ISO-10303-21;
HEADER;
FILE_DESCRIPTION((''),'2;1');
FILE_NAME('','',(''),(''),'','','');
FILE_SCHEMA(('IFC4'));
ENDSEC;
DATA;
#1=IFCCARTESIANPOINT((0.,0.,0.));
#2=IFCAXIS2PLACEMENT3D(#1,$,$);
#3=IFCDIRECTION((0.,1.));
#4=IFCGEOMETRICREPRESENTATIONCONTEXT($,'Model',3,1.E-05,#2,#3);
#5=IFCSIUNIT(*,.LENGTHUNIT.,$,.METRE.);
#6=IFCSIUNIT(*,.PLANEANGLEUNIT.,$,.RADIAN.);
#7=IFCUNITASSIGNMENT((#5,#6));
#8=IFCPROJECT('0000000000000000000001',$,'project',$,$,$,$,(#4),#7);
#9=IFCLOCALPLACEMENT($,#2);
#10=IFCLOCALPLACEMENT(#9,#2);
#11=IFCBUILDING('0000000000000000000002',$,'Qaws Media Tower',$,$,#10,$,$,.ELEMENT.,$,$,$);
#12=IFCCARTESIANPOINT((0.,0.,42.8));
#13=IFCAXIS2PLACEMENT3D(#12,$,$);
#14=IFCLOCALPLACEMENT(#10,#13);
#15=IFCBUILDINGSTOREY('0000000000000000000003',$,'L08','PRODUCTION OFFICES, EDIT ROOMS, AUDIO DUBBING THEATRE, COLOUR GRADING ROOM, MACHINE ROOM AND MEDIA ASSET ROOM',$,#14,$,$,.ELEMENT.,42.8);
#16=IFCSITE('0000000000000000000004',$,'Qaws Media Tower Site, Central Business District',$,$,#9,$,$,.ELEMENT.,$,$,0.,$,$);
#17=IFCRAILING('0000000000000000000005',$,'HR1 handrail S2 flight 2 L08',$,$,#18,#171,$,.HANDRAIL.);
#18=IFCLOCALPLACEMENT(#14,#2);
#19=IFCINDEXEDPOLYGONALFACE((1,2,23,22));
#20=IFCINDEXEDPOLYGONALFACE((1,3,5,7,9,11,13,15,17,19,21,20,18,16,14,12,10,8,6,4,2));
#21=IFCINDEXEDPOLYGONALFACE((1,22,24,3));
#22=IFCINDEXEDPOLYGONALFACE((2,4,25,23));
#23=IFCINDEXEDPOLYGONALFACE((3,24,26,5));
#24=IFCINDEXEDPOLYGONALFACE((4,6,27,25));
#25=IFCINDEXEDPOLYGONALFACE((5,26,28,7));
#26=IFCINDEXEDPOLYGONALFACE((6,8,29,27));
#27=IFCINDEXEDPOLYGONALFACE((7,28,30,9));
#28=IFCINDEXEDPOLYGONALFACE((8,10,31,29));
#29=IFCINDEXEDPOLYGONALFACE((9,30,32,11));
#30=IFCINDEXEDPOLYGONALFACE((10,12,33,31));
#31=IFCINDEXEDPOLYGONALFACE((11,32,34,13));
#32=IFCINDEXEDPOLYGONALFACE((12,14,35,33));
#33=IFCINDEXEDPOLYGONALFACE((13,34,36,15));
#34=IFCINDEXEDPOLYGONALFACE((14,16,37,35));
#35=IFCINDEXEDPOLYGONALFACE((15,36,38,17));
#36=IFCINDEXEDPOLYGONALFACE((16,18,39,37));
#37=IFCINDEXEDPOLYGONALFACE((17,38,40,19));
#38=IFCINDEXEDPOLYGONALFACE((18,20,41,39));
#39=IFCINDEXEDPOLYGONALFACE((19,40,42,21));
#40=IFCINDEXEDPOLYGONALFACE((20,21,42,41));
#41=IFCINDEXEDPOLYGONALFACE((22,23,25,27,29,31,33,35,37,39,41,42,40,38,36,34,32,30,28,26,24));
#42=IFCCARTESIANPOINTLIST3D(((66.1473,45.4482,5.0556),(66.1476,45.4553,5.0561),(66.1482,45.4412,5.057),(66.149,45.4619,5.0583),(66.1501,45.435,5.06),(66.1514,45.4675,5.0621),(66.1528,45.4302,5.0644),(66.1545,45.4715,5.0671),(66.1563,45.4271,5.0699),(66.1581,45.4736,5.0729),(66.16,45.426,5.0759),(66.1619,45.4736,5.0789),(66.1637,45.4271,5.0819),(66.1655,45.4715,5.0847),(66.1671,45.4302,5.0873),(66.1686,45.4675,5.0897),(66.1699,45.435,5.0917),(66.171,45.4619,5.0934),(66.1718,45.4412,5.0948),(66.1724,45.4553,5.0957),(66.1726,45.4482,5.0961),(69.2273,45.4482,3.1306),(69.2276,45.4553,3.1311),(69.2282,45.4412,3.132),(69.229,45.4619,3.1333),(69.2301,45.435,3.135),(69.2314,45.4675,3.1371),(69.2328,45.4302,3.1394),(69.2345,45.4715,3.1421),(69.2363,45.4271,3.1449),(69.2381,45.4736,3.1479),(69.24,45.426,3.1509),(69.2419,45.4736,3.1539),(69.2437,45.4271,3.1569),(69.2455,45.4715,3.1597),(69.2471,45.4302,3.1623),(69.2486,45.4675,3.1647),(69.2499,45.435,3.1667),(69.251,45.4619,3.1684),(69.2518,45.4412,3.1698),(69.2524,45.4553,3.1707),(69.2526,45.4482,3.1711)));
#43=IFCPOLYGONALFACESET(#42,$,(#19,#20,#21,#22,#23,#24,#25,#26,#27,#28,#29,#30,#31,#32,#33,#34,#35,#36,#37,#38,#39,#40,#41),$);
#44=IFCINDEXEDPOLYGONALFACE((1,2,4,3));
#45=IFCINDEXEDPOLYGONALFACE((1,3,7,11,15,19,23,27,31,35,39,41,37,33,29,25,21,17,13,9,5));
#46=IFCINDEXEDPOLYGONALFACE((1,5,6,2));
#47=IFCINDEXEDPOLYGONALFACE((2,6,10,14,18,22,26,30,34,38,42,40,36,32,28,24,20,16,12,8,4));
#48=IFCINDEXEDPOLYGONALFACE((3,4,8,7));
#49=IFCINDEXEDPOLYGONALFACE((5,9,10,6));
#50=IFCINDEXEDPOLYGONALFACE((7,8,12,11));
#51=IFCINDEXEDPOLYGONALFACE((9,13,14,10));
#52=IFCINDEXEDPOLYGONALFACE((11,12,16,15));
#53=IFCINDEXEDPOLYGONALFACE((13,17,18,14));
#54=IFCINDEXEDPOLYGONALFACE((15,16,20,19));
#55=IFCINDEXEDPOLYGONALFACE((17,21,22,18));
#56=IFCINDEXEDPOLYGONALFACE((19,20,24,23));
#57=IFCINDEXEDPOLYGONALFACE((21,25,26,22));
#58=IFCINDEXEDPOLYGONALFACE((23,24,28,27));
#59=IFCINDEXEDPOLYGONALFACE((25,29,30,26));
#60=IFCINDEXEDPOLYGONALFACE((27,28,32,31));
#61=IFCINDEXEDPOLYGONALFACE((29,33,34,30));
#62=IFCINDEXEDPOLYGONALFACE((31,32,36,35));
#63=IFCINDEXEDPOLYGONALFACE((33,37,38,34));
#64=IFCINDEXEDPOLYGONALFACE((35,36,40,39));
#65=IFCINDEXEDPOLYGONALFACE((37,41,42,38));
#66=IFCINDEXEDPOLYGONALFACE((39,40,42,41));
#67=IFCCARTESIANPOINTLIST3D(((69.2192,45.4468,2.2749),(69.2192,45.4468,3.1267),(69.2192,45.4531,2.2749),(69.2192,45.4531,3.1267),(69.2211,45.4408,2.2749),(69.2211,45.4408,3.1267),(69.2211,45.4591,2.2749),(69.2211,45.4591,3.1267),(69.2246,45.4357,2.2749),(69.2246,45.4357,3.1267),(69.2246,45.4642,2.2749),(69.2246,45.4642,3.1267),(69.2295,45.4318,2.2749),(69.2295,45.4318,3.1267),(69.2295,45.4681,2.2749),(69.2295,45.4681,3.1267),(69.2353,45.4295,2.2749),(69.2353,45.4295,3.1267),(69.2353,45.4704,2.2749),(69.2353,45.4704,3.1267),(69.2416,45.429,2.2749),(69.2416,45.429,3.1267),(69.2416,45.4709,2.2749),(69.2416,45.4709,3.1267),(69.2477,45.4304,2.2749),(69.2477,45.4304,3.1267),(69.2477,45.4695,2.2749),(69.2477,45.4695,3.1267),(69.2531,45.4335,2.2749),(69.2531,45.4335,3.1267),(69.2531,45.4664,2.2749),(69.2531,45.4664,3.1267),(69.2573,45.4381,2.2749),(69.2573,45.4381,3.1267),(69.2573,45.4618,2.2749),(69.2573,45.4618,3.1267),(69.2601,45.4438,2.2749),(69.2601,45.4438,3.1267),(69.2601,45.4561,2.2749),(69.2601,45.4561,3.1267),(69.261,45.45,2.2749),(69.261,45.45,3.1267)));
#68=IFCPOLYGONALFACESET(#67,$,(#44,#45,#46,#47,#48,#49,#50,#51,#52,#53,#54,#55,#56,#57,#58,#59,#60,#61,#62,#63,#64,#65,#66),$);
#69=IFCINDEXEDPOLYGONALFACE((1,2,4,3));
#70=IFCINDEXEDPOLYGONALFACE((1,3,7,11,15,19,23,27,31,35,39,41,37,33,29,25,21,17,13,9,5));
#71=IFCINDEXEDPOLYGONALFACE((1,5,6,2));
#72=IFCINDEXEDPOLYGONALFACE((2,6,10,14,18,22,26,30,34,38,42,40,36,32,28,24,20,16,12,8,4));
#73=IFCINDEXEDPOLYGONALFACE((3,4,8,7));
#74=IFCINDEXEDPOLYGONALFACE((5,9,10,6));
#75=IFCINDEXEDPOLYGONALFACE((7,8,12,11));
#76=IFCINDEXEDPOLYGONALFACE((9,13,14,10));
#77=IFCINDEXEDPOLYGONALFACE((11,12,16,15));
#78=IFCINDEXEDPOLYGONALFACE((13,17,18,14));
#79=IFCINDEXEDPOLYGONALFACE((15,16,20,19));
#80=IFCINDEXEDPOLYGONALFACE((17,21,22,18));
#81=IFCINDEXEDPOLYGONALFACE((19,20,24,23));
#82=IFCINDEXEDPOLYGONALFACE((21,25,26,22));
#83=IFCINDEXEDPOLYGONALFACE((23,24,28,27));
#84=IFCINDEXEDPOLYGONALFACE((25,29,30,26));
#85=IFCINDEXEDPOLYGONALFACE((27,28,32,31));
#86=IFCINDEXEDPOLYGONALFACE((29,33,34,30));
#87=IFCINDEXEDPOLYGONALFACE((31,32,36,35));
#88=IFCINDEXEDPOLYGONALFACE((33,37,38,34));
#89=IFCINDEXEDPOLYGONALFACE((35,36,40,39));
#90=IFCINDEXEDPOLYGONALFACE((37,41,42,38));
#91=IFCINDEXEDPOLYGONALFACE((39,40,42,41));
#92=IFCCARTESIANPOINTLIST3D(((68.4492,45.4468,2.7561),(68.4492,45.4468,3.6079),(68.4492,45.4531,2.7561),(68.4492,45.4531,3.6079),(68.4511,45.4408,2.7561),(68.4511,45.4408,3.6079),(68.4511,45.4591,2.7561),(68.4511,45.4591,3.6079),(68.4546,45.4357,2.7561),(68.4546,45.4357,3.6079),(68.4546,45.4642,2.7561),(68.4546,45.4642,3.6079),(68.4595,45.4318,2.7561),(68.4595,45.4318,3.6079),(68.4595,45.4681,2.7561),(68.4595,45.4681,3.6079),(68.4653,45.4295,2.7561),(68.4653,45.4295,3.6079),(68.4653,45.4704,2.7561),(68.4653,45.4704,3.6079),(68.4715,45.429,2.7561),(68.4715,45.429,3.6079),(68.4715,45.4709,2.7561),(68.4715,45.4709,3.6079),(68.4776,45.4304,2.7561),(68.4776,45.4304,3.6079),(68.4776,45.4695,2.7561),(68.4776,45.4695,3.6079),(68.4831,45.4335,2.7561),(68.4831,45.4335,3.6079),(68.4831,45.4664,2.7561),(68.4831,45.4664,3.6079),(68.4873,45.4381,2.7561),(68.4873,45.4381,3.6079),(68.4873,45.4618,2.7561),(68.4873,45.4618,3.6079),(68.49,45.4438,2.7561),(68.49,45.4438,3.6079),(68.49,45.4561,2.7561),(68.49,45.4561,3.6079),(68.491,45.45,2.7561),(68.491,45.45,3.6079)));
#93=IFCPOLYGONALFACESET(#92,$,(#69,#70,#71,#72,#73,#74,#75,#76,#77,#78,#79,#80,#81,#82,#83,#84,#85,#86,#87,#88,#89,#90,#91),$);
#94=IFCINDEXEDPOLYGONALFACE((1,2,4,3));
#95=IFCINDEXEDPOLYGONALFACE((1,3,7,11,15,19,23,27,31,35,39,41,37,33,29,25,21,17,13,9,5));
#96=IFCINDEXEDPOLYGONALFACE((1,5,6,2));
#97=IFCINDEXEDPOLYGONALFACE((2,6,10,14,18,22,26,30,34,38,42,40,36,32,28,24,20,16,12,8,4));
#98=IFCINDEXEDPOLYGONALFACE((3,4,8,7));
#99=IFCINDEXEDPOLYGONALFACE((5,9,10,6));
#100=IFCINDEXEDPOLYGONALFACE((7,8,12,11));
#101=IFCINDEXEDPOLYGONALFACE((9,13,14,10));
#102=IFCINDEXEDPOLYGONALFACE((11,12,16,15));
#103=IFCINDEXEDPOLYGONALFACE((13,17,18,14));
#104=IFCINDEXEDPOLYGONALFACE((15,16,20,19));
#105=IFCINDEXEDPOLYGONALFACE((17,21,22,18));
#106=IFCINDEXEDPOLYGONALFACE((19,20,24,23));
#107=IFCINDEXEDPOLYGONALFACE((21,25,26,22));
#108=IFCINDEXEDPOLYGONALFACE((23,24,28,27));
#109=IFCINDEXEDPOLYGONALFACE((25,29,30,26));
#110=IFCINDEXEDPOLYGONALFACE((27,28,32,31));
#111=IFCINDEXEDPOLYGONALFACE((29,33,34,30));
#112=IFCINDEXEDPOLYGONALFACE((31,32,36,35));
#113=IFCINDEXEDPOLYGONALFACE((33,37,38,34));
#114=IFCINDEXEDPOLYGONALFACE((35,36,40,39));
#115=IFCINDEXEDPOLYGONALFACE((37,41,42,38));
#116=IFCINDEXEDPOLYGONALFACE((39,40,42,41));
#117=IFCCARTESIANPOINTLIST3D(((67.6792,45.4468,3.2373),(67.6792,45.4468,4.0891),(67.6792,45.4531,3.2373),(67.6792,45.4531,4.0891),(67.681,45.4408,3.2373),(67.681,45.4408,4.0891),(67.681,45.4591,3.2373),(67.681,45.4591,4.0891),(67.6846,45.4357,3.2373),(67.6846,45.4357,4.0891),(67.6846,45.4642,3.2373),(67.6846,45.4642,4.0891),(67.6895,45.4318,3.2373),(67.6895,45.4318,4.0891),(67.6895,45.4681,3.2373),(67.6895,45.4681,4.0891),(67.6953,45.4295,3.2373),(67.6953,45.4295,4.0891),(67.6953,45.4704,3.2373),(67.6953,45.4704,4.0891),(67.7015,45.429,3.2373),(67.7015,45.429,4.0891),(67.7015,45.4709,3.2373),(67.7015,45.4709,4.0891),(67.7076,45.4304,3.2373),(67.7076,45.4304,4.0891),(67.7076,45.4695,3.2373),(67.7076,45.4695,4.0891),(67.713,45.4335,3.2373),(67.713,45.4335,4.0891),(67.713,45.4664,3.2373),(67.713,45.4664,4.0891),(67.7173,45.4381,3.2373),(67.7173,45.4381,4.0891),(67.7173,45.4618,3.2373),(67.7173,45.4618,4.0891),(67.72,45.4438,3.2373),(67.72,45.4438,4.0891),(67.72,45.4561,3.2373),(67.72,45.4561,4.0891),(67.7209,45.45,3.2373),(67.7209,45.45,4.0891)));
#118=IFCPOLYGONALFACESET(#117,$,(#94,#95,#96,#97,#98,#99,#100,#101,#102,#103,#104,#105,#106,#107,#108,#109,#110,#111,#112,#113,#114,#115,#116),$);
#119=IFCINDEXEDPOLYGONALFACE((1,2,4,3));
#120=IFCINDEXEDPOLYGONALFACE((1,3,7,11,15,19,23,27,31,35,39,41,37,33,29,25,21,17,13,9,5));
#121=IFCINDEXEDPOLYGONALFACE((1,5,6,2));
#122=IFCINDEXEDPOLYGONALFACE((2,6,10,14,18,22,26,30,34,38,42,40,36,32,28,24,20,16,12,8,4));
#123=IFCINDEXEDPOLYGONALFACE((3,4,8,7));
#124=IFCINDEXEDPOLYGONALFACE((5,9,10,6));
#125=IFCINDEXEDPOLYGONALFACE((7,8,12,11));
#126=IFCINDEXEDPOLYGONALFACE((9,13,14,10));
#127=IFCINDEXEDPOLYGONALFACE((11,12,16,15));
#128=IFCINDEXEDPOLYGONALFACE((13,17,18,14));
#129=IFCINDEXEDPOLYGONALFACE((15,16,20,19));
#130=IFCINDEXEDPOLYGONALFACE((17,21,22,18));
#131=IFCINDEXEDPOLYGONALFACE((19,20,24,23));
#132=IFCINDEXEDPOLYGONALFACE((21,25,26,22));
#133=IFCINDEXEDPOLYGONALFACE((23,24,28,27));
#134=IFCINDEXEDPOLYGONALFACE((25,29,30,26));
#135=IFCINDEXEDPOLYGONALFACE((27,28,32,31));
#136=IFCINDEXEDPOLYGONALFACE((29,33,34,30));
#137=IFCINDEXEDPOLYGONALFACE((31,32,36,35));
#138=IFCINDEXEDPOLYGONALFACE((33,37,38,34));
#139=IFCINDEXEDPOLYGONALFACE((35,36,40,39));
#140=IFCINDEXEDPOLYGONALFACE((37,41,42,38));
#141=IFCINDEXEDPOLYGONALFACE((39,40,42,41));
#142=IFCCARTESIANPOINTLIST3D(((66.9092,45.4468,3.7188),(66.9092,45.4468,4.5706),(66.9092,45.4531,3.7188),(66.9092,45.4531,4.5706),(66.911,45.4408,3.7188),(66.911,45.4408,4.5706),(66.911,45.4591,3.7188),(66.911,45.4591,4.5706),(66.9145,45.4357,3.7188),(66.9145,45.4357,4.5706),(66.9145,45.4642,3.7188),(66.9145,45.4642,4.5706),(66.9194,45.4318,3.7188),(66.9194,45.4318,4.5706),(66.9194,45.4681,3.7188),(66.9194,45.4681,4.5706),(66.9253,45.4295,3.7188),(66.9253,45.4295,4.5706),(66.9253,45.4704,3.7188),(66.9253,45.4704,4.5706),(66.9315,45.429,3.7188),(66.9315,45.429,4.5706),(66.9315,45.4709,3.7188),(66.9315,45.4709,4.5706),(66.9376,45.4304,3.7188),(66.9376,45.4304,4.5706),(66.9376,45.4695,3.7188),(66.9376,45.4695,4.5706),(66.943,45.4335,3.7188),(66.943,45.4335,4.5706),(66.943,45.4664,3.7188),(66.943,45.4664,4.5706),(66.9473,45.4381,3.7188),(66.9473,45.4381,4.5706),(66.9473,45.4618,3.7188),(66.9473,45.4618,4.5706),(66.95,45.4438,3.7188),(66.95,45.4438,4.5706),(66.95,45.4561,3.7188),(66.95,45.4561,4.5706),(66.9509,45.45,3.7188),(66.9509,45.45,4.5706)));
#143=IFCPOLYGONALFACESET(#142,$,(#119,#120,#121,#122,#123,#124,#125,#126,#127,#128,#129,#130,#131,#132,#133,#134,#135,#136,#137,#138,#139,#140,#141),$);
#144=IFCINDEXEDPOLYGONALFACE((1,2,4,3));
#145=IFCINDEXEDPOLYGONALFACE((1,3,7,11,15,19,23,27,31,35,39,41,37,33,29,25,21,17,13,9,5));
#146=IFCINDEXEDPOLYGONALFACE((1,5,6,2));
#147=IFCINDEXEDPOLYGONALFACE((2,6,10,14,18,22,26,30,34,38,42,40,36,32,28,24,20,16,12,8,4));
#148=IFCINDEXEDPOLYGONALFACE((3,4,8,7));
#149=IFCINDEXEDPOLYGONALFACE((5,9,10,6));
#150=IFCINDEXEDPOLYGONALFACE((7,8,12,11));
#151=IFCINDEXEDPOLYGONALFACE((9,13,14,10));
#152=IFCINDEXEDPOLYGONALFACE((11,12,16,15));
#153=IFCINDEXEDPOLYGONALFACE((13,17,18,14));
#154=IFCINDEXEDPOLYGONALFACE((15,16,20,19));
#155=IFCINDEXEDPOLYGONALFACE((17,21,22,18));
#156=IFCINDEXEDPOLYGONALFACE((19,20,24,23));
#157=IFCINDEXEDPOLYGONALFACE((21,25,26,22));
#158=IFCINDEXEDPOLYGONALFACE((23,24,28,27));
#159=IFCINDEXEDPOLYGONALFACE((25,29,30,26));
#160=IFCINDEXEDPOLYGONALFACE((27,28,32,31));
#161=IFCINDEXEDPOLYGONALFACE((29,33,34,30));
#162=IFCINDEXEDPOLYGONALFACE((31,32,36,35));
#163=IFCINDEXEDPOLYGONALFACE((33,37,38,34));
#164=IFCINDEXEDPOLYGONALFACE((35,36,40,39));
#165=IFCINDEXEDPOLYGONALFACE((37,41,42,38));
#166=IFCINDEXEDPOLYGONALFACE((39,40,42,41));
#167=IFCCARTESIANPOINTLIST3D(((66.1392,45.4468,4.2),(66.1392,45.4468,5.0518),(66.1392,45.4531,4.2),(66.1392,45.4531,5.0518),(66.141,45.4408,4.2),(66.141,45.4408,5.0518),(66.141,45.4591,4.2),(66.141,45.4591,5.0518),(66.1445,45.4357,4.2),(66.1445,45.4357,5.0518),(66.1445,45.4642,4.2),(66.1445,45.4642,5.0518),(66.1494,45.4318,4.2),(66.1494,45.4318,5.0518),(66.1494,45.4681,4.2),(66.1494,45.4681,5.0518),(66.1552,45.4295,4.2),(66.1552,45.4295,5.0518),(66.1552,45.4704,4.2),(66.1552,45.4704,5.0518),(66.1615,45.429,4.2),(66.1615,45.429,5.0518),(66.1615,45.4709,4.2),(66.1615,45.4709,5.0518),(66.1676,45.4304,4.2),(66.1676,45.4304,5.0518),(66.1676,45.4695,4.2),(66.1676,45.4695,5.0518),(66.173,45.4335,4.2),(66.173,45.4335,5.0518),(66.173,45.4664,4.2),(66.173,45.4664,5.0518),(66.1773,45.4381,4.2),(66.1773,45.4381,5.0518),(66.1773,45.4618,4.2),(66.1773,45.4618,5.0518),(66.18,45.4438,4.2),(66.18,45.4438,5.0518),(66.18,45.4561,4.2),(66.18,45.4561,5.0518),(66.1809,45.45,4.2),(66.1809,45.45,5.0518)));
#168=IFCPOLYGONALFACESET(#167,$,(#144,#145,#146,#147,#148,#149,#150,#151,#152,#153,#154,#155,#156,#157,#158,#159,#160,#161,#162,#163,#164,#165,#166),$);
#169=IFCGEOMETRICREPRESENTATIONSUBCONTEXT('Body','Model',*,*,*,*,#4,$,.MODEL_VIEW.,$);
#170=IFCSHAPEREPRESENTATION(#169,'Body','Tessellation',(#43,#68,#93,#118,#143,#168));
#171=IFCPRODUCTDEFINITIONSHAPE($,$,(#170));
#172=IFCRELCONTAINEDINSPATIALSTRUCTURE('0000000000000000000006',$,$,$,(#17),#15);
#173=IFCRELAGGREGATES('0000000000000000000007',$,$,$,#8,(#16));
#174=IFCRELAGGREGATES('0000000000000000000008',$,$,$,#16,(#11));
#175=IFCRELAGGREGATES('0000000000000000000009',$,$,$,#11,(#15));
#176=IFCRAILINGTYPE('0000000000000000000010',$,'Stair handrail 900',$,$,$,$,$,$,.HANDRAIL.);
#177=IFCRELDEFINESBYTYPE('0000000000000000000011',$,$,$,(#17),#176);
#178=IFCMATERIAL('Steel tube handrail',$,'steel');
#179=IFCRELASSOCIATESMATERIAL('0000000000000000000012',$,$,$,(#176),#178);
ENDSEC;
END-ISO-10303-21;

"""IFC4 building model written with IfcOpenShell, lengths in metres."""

from ifc_helpers import new_model, si_unit, direction, frame, origin, origin_2d, place, context, subcontext, project, spatial, circle, extrude, material, type_object, element, save


model = new_model("IFC4")

# Units and contexts
model_context = context("Model", 3, precision=1e-05, world=origin(), true_north=direction((0.0, 1.0)))
body_context = subcontext(model_context, "Body", "Model", "MODEL_VIEW")
ifc_project = project(units=[si_unit("LENGTHUNIT", "METRE"), si_unit("PLANEANGLEUNIT", "RADIAN")], contexts=[model_context])

# Site, building, storey
site_placement = place(None, origin())
site = spatial("IfcSite", under=ifc_project, at=site_placement, Name="Qaws Media Tower Site, Central Business District", CompositionType="ELEMENT", RefElevation=0.0)
building_placement = place(site_placement, origin())
building = spatial("IfcBuilding", under=site, at=building_placement, Name="Qaws Media Tower", CompositionType="ELEMENT")
storey_placement = place(building_placement, frame((0.0, 0.0, 42.8)))
storey = spatial("IfcBuildingStorey", under=building, at=storey_placement, Name="L08", Description="PRODUCTION OFFICES, EDIT ROOMS, AUDIO DUBBING THEATRE, COLOUR GRADING ROOM, MACHINE ROOM AND MEDIA ASSET ROOM", CompositionType="ELEMENT", Elevation=42.8)

# Railing
ifc_material_1 = material(Name="Steel tube handrail", Category="steel")
railing_type = type_object("IfcRailingType", Name="Stair handrail 900", PredefinedType="HANDRAIL", material=ifc_material_1)
railing_1_placement = place(storey_placement, frame((69.24, 45.45, 2.2749)))
element("IfcRailing", 1, at=railing_1_placement, inside=storey, type_object=railing_type, Name="HR1 handrail S2 flight 2 L08", PredefinedType="HANDRAIL", context=body_context, shape_type="SweptSolid", body=[
    extrude(circle(Radius=0.0239, at=origin_2d()), frame((0.0, 0.0, 0.876), z_axis=(-0.847998, 0.0, 0.529999), x_axis=(0.0, -1.0, 0.0)), (0.0, 0.0, 1.0), 3.6321),
    extrude(circle(Radius=0.021, at=origin_2d()), origin(), (0.0, 0.0, 1.0), 0.8518),
    extrude(circle(Radius=0.021, at=origin_2d()), frame((-0.77, 0.0, 0.4812)), (0.0, 0.0, 1.0), 0.8518),
    extrude(circle(Radius=0.021, at=origin_2d()), frame((-1.54, 0.0, 0.9624)), (0.0, 0.0, 1.0), 0.8518),
    extrude(circle(Radius=0.021, at=origin_2d()), frame((-2.3101, 0.0, 1.4438)), (0.0, 0.0, 1.0), 0.8518),
    extrude(circle(Radius=0.021, at=origin_2d()), frame((-3.0801, 0.0, 1.925)), (0.0, 0.0, 1.0), 0.8518),
])

save(model, "model.ifc")
